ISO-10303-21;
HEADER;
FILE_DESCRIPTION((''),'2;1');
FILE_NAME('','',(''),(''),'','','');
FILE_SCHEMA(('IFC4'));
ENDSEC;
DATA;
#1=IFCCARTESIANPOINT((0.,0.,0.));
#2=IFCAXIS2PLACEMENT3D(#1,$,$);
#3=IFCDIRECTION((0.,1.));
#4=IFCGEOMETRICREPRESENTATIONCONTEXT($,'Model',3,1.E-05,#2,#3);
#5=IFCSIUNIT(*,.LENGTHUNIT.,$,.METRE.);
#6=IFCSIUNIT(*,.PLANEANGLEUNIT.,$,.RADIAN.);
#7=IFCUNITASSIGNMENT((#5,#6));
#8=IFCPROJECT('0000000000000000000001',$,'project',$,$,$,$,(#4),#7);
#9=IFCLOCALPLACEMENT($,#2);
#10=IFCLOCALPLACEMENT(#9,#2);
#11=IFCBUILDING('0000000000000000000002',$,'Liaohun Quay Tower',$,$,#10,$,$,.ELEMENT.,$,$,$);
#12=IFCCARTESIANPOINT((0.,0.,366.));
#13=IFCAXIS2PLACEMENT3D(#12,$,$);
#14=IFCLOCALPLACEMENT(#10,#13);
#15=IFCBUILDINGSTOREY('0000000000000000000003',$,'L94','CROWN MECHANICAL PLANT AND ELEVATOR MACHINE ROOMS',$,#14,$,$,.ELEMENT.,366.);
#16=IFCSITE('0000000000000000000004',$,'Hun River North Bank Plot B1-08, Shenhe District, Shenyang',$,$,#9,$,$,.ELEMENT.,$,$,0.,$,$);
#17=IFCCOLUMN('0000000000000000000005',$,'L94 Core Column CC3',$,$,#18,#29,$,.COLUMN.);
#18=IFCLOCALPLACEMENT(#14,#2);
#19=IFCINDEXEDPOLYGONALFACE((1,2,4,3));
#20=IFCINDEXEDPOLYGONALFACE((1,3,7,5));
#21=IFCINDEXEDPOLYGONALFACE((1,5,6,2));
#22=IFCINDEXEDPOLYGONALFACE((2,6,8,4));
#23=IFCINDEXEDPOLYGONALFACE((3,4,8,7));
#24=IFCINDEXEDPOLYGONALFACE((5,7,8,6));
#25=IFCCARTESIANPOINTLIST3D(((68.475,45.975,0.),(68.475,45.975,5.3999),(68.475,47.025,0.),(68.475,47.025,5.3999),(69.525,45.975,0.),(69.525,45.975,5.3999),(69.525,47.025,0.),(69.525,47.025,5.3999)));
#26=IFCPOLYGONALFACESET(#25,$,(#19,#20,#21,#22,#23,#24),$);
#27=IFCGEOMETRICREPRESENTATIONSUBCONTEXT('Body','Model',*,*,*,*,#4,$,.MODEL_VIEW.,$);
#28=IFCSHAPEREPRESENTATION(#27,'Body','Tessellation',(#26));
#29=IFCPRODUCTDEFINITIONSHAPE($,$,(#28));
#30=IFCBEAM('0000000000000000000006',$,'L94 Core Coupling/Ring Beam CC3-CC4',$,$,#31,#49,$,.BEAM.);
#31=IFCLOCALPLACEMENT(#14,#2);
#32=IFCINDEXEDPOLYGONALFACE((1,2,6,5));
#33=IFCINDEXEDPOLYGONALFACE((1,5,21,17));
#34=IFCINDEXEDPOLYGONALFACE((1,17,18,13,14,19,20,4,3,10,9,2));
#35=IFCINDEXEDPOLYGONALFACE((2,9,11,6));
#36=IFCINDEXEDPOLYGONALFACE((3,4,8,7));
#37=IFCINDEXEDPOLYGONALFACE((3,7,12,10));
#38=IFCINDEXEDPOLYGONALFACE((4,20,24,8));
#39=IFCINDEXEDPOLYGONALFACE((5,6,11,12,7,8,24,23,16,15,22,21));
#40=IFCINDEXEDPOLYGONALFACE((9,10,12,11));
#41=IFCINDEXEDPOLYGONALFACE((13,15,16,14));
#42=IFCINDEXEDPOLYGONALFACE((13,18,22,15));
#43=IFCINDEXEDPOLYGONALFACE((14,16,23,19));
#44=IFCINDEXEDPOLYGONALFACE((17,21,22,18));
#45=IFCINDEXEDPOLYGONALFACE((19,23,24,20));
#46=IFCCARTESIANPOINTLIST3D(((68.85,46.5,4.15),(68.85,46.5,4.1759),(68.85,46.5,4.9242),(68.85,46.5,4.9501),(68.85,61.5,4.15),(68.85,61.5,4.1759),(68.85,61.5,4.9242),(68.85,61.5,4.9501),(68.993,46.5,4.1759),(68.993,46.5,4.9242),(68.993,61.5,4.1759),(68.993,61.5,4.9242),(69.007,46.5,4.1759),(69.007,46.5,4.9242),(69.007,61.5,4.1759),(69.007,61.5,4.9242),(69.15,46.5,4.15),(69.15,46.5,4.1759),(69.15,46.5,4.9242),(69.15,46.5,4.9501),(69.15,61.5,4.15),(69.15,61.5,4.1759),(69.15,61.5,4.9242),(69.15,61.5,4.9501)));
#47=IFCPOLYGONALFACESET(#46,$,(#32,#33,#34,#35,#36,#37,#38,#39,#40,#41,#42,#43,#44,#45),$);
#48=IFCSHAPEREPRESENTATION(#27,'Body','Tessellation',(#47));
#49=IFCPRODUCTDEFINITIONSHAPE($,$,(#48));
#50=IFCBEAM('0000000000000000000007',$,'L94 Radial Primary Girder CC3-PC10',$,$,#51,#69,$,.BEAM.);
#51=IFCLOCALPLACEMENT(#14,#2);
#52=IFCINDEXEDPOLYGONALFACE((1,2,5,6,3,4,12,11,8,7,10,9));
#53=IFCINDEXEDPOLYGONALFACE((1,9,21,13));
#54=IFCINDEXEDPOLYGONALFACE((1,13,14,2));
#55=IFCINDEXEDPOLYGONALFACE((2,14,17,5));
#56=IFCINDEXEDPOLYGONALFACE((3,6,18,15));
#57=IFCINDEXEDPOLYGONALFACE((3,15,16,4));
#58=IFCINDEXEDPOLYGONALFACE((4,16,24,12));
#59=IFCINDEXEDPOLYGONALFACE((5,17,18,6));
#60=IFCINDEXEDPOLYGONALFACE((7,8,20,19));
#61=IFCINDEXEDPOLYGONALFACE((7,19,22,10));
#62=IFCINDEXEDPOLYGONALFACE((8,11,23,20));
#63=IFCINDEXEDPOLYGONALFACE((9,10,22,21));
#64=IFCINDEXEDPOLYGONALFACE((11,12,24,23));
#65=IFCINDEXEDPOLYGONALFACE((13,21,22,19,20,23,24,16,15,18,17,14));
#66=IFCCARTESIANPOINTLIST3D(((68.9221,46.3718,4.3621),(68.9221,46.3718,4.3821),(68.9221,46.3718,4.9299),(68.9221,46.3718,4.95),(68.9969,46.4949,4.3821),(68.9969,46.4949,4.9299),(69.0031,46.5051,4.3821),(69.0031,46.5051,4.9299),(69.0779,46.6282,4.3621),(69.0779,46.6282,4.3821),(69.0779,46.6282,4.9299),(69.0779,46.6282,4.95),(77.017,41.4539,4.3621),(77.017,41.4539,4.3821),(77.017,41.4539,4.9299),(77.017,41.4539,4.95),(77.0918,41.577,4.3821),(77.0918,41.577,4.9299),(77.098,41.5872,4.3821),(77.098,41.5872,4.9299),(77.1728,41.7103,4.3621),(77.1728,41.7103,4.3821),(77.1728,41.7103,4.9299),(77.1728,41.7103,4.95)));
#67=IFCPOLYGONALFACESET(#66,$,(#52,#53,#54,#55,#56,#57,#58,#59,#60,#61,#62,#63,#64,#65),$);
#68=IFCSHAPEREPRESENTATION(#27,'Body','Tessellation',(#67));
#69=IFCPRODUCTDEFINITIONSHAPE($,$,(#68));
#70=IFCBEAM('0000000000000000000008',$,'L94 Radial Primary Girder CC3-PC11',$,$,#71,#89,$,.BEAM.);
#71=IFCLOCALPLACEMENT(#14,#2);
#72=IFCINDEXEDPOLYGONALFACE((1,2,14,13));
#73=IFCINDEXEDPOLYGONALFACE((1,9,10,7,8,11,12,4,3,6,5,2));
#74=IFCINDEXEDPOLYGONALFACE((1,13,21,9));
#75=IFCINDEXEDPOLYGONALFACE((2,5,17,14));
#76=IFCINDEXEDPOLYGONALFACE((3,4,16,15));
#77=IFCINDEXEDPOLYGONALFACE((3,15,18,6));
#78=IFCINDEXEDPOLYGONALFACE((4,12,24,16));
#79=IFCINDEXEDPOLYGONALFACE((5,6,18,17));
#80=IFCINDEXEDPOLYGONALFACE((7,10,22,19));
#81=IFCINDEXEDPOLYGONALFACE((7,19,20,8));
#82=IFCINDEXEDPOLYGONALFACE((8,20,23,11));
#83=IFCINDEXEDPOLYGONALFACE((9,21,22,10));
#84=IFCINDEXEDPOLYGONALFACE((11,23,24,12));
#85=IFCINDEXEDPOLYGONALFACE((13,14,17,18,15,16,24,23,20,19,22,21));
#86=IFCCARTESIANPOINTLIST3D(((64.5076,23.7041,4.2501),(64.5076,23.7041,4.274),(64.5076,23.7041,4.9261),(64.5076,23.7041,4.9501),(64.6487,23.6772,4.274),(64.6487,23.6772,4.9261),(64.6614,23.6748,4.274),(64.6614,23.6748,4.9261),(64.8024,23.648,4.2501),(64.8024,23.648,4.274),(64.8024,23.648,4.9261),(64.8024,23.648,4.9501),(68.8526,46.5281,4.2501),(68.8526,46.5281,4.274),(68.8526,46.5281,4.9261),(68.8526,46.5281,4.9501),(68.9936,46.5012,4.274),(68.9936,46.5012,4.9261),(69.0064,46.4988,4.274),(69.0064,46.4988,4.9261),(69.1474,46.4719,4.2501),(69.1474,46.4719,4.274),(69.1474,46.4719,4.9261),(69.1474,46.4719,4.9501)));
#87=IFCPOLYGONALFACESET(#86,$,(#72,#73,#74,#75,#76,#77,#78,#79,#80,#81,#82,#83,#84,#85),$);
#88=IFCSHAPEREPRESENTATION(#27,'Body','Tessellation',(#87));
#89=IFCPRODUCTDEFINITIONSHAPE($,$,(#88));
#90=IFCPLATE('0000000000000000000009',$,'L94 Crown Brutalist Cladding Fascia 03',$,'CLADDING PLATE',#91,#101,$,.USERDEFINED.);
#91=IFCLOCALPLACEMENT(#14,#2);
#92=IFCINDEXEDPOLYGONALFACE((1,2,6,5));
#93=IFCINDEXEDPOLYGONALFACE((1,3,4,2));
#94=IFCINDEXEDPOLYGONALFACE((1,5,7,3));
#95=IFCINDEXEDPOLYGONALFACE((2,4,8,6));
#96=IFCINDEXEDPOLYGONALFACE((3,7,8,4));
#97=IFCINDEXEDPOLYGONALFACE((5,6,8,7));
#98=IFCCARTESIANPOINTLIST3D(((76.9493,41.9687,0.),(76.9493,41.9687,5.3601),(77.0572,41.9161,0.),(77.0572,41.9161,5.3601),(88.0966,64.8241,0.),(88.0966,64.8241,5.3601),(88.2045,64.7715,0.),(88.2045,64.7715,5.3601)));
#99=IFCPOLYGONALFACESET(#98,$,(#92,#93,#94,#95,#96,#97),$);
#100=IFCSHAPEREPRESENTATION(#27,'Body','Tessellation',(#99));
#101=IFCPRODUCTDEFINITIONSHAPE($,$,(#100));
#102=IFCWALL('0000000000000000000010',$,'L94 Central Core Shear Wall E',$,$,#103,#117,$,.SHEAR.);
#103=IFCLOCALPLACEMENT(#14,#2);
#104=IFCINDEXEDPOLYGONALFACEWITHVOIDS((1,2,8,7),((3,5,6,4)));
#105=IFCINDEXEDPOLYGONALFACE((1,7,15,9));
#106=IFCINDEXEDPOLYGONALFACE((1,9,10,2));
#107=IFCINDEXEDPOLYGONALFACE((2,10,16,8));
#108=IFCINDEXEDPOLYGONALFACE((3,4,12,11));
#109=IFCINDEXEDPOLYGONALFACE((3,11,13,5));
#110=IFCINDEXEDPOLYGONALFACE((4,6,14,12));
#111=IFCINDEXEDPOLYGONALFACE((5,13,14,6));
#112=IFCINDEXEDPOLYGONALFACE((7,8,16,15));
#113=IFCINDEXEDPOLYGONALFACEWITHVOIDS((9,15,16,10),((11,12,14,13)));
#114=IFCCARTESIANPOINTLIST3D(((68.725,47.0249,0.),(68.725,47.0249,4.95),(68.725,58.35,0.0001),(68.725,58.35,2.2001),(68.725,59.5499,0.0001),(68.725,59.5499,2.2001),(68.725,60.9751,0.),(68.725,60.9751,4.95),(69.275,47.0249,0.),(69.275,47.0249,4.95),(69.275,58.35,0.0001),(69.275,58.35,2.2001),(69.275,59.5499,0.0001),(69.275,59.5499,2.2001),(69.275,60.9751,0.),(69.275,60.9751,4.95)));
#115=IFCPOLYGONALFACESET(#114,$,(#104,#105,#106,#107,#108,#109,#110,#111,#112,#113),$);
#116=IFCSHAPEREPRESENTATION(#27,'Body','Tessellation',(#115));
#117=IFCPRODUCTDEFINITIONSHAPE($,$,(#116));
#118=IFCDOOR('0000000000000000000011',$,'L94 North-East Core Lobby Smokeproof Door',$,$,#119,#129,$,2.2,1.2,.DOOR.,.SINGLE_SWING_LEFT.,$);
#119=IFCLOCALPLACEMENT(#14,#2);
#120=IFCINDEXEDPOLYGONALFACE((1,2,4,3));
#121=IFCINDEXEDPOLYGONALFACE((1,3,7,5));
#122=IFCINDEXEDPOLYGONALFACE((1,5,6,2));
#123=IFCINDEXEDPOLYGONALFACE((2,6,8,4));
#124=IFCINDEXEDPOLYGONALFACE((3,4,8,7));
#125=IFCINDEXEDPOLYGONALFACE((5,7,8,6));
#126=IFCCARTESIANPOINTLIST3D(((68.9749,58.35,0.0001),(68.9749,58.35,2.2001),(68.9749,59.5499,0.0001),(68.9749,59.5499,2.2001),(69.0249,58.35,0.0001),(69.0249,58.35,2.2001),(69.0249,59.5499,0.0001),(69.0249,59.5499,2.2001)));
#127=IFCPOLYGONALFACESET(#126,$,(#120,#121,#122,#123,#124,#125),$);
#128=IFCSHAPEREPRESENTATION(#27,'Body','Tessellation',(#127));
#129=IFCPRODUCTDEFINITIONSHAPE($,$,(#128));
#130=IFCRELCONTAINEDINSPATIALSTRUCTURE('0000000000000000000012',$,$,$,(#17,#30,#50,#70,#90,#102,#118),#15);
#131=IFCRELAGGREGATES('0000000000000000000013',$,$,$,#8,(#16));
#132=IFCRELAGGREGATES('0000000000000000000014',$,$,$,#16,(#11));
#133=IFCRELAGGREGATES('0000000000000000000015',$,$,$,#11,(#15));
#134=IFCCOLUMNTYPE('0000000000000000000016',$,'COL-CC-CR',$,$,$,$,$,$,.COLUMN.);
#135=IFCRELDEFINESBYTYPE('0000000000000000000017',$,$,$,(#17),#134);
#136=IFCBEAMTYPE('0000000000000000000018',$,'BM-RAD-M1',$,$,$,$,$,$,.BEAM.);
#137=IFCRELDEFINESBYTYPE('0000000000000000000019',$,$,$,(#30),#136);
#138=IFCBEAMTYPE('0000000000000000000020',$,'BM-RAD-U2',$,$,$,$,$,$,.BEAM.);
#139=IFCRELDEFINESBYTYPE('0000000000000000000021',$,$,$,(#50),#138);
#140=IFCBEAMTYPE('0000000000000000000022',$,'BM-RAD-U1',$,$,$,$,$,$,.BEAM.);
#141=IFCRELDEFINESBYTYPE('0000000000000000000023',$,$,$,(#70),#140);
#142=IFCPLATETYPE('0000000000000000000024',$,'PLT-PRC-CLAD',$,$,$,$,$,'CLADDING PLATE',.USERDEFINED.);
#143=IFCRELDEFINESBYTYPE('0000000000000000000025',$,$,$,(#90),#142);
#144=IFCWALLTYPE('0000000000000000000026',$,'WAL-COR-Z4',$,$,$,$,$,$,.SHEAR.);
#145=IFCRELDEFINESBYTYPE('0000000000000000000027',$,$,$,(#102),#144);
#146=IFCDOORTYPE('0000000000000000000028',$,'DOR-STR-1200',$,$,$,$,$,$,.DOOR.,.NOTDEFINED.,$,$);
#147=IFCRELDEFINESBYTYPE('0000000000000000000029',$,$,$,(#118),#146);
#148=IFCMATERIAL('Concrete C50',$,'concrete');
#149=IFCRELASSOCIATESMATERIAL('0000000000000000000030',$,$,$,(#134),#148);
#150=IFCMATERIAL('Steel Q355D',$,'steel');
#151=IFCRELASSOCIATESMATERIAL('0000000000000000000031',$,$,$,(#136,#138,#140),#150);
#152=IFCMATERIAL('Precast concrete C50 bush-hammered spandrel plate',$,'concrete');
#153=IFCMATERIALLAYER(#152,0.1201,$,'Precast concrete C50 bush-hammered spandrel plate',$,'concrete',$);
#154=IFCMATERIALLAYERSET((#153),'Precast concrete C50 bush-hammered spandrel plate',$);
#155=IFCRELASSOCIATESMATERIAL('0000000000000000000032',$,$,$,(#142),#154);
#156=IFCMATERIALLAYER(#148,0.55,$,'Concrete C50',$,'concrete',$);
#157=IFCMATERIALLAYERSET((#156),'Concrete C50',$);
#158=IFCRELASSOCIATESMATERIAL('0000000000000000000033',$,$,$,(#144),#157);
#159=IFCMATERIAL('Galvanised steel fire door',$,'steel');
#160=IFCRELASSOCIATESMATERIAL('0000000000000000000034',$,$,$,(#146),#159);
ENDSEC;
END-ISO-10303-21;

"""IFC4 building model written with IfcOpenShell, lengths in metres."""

from ifc_helpers import new_model, si_unit, direction, frame, frame_2d, origin, origin_2d, place, context, subcontext, project, spatial, rectangle, i_section, extrude, source, transform, mapped, material, layer, layer_set, material_profile, profile_set, type_object, element, fill, save


model = new_model("IFC4")

# Units and contexts
model_context = context("Model", 3, precision=1e-05, world=origin(), true_north=direction((0.0, 1.0)))
body_context = subcontext(model_context, "Body", "Model", "MODEL_VIEW")
ifc_project = project(units=[si_unit("LENGTHUNIT", "METRE"), si_unit("PLANEANGLEUNIT", "RADIAN")], contexts=[model_context])

# Site, building, storey
site_placement = place(None, origin())
site = spatial("IfcSite", under=ifc_project, at=site_placement, Name="Hun River North Bank Plot B1-08, Shenhe District, Shenyang", CompositionType="ELEMENT", RefElevation=0.0)
building_placement = place(site_placement, origin())
building = spatial("IfcBuilding", under=site, at=building_placement, Name="Liaohun Quay Tower", CompositionType="ELEMENT")
storey_placement = place(building_placement, frame((0.0, 0.0, 366.0)))
storey = spatial("IfcBuildingStorey", under=building, at=storey_placement, Name="L94", Description="CROWN MECHANICAL PLANT AND ELEVATOR MACHINE ROOMS", CompositionType="ELEMENT", Elevation=366.0)

# Column
ifc_material_1 = material(Name="Concrete C50", Category="concrete")
ifc_material_profile_1 = material_profile(ifc_material_1, rectangle(XDim=1.05, YDim=1.05, at=origin_2d()), Name="RC1050x1050")
ifc_profile_set_1 = profile_set([ifc_material_profile_1], Name="Concrete C50")
column_type = type_object("IfcColumnType", Name="COL-CC-CR", PredefinedType="COLUMN", material=ifc_profile_set_1)
shared_shape_1 = source(origin(), body_context, "Body", "SweptSolid", [
    extrude(rectangle(XDim=1.05, YDim=1.05, at=origin_2d()), origin(), (0.0, 0.0, 1.0), 5.3999),
])
column_placement = place(storey_placement, frame((69.0, 46.5, 0.0), z_axis=(0.0, 0.0, 1.0), x_axis=(1.0, 0.0, 0.0)))
element("IfcColumn", 1, at=column_placement, inside=storey, type_object=column_type, Name="L94 Core Column CC3", PredefinedType="COLUMN", context=body_context, shape_type="MappedRepresentation", body=[
    mapped(shared_shape_1, transform((0.0, 0.0, 0.0), x_axis=(1.0, 0.0, 0.0), y_axis=(0.0, 1.0, 0.0), z_axis=(0.0, 0.0, 1.0), scale=1.0)),
])

# Beams
ifc_material_2 = material(Name="Steel Q355D", Category="steel")
ifc_material_profile_2 = material_profile(ifc_material_2, i_section(OverallWidth=0.3, OverallDepth=0.8, WebThickness=0.0139, FlangeThickness=0.0259, at=origin_2d()), Name="HN800x300x14x26")
ifc_profile_set_2 = profile_set([ifc_material_profile_2], Name="Steel Q355D")
beam_type_1 = type_object("IfcBeamType", Name="BM-RAD-M1", PredefinedType="BEAM", material=ifc_profile_set_2)
shared_shape_2 = source(origin(), body_context, "Body", "SweptSolid", [
    extrude(i_section(OverallWidth=0.3, OverallDepth=0.8, WebThickness=0.0139, FlangeThickness=0.0259, at=origin_2d()), origin(), (0.0, 0.0, 1.0), 15.0),
])
beam_1_placement = place(storey_placement, frame((69.0, 46.5, 4.55), z_axis=(0.0, 1.0, 0.0), x_axis=(-1.0, 0.0, 0.0)))
element("IfcBeam", 2, at=beam_1_placement, inside=storey, type_object=beam_type_1, Name="L94 Core Coupling/Ring Beam CC3-CC4", PredefinedType="BEAM", context=body_context, shape_type="MappedRepresentation", body=[
    mapped(shared_shape_2, transform((0.0, 0.0, 0.0), x_axis=(1.0, 0.0, 0.0), y_axis=(0.0, 1.0, 0.0), z_axis=(0.0, 0.0, 1.0), scale=1.0)),
])
ifc_material_profile_3 = material_profile(ifc_material_2, i_section(OverallWidth=0.3, OverallDepth=0.5879, WebThickness=0.012, FlangeThickness=0.02, at=origin_2d()), Name="HM588x300x12x20")
ifc_profile_set_3 = profile_set([ifc_material_profile_3], Name="Steel Q355D")
beam_type_2 = type_object("IfcBeamType", Name="BM-RAD-U2", PredefinedType="BEAM", material=ifc_profile_set_3)
shared_shape_3 = source(origin(), body_context, "Body", "SweptSolid", [
    extrude(i_section(OverallWidth=0.3, OverallDepth=0.5879, WebThickness=0.012, FlangeThickness=0.02, at=origin_2d()), origin(), (0.0, 0.0, 1.0), 9.4717),
])
beam_2_placement = place(storey_placement, frame((69.0, 46.5, 4.656), z_axis=(0.854639, -0.519222, 0.0), x_axis=(0.519222, 0.854639, 0.0)))
element("IfcBeam", 3, at=beam_2_placement, inside=storey, type_object=beam_type_2, Name="L94 Radial Primary Girder CC3-PC10", PredefinedType="BEAM", context=body_context, shape_type="MappedRepresentation", body=[
    mapped(shared_shape_3, transform((0.0, 0.0, 0.0), x_axis=(1.0, 0.0, 0.0), y_axis=(0.0, 1.0, 0.0), z_axis=(0.0, 0.0, 1.0), scale=1.0)),
])
ifc_material_profile_4 = material_profile(ifc_material_2, i_section(OverallWidth=0.3, OverallDepth=0.7, WebThickness=0.0129, FlangeThickness=0.0239, at=origin_2d()), Name="HN700x300x13x24")
ifc_profile_set_4 = profile_set([ifc_material_profile_4], Name="Steel Q355D")
beam_type_3 = type_object("IfcBeamType", Name="BM-RAD-U1", PredefinedType="BEAM", material=ifc_profile_set_4)
shared_shape_4 = source(origin(), body_context, "Body", "SweptSolid", [
    extrude(i_section(OverallWidth=0.3, OverallDepth=0.7, WebThickness=0.0129, FlangeThickness=0.0239, at=origin_2d()), origin(), (0.0, 0.0, 1.0), 23.2339),
])
beam_3_placement = place(storey_placement, frame((69.0, 46.5, 4.6001), z_axis=(-0.18701, -0.982358, 0.0), x_axis=(0.982358, -0.18701, 0.0)))
element("IfcBeam", 4, at=beam_3_placement, inside=storey, type_object=beam_type_3, Name="L94 Radial Primary Girder CC3-PC11", PredefinedType="BEAM", context=body_context, shape_type="MappedRepresentation", body=[
    mapped(shared_shape_4, transform((0.0, 0.0, 0.0), x_axis=(1.0, 0.0, 0.0), y_axis=(0.0, 1.0, 0.0), z_axis=(0.0, 0.0, 1.0), scale=1.0)),
])

# Plate
ifc_material_3 = material(Name="Precast concrete C50 bush-hammered spandrel plate", Category="concrete")
ifc_layer_1 = layer(ifc_material_3, 0.1201, Name="Precast concrete C50 bush-hammered spandrel plate", Category="concrete")
ifc_layer_set_1 = layer_set([ifc_layer_1], Name="Precast concrete C50 bush-hammered spandrel plate")
plate_type = type_object("IfcPlateType", Name="PLT-PRC-CLAD", ElementType="CLADDING PLATE", PredefinedType="USERDEFINED", material=ifc_layer_set_1)
shared_shape_5 = source(origin(), body_context, "Body", "SweptSolid", [
    extrude(rectangle(XDim=25.429, YDim=0.1201, at=origin_2d()), origin(), (0.0, 0.0, 1.0), 5.3601),
])
plate_placement = place(storey_placement, frame((82.5769, 53.3701, 0.0), z_axis=(0.0, 0.0, 1.0), x_axis=(0.438371, 0.898794, 0.0)))
element("IfcPlate", 5, at=plate_placement, inside=storey, type_object=plate_type, Name="L94 Crown Brutalist Cladding Fascia 03", ObjectType="CLADDING PLATE", PredefinedType="USERDEFINED", context=body_context, shape_type="MappedRepresentation", body=[
    mapped(shared_shape_5, transform((0.0, 0.0, 0.0), x_axis=(1.0, 0.0, 0.0), y_axis=(0.0, 1.0, 0.0), z_axis=(0.0, 0.0, 1.0), scale=1.0)),
])

# Wall, opening, door
ifc_layer_2 = layer(ifc_material_1, 0.55, Name="Concrete C50", Category="concrete")
ifc_layer_set_2 = layer_set([ifc_layer_2], Name="Concrete C50")
wall_type_1 = type_object("IfcWallType", Name="WAL-COR-Z4", PredefinedType="SHEAR", material=ifc_layer_set_2)
wall_1_placement = place(storey_placement, frame((69.0, 60.9751, 0.0), z_axis=(0.0, 0.0, 1.0), x_axis=(0.0, -1.0, 0.0)))
wall_1 = element("IfcWall", 6, at=wall_1_placement, inside=storey, type_object=wall_type_1, Name="L94 Central Core Shear Wall E", PredefinedType="SHEAR", context=body_context, shape_type="SweptSolid", body=[
    extrude(rectangle(XDim=13.9502, YDim=0.55, at=frame_2d((6.9751, 0.0))), origin(), (0.0, 0.0, 1.0), 4.95),
])
shared_shape_6 = source(origin(), body_context, "Body", "SweptSolid", [
    extrude(rectangle(XDim=1.2, YDim=2.2, at=frame_2d((0.6001, 1.1001))), frame((0.0, 0.2849, 0.0), z_axis=(0.0, -1.0, 0.0), x_axis=(1.0, 0.0, 0.0)), (0.0, 0.0, 1.0), 0.5701),
])
opening_1_placement = place(wall_1_placement, frame((1.425, 0.0, 0.0)))
opening_1 = element("IfcOpeningElement", 7, at=opening_1_placement, cuts=wall_1, PredefinedType="OPENING", context=body_context, shape_type="MappedRepresentation", body=[
    mapped(shared_shape_6, transform((0.0, 0.0, 0.0), x_axis=(1.0, 0.0, 0.0), y_axis=(0.0, 1.0, 0.0), z_axis=(0.0, 0.0, 1.0), scale=1.0)),
])
ifc_material_4 = material(Name="Galvanised steel fire door", Category="steel")
door_type_1 = type_object("IfcDoorType", Name="DOR-STR-1200", OperationType="NOTDEFINED", PredefinedType="DOOR", material=ifc_material_4)
shared_shape_7 = source(origin(), body_context, "Body", "SweptSolid", [
    extrude(rectangle(XDim=1.2, YDim=2.2, at=frame_2d((0.6001, 1.1001))), frame((0.0, 0.0249, 0.0), z_axis=(0.0, -1.0, 0.0), x_axis=(1.0, 0.0, 0.0)), (0.0, 0.0, 1.0), 0.05),
])
door_1_placement = place(opening_1_placement, origin())
door_1 = element("IfcDoor", 8, at=door_1_placement, inside=storey, type_object=door_type_1, Name="L94 North-East Core Lobby Smokeproof Door", OperationType="SINGLE_SWING_LEFT", OverallHeight=2.2, OverallWidth=1.2, PredefinedType="DOOR", context=body_context, shape_type="MappedRepresentation", body=[
    mapped(shared_shape_7, transform((0.0, 0.0, 0.0), x_axis=(1.0, 0.0, 0.0), y_axis=(0.0, 1.0, 0.0), z_axis=(0.0, 0.0, 1.0), scale=1.0)),
])
fill(opening_1, door_1)

save(model, "model.ifc")
